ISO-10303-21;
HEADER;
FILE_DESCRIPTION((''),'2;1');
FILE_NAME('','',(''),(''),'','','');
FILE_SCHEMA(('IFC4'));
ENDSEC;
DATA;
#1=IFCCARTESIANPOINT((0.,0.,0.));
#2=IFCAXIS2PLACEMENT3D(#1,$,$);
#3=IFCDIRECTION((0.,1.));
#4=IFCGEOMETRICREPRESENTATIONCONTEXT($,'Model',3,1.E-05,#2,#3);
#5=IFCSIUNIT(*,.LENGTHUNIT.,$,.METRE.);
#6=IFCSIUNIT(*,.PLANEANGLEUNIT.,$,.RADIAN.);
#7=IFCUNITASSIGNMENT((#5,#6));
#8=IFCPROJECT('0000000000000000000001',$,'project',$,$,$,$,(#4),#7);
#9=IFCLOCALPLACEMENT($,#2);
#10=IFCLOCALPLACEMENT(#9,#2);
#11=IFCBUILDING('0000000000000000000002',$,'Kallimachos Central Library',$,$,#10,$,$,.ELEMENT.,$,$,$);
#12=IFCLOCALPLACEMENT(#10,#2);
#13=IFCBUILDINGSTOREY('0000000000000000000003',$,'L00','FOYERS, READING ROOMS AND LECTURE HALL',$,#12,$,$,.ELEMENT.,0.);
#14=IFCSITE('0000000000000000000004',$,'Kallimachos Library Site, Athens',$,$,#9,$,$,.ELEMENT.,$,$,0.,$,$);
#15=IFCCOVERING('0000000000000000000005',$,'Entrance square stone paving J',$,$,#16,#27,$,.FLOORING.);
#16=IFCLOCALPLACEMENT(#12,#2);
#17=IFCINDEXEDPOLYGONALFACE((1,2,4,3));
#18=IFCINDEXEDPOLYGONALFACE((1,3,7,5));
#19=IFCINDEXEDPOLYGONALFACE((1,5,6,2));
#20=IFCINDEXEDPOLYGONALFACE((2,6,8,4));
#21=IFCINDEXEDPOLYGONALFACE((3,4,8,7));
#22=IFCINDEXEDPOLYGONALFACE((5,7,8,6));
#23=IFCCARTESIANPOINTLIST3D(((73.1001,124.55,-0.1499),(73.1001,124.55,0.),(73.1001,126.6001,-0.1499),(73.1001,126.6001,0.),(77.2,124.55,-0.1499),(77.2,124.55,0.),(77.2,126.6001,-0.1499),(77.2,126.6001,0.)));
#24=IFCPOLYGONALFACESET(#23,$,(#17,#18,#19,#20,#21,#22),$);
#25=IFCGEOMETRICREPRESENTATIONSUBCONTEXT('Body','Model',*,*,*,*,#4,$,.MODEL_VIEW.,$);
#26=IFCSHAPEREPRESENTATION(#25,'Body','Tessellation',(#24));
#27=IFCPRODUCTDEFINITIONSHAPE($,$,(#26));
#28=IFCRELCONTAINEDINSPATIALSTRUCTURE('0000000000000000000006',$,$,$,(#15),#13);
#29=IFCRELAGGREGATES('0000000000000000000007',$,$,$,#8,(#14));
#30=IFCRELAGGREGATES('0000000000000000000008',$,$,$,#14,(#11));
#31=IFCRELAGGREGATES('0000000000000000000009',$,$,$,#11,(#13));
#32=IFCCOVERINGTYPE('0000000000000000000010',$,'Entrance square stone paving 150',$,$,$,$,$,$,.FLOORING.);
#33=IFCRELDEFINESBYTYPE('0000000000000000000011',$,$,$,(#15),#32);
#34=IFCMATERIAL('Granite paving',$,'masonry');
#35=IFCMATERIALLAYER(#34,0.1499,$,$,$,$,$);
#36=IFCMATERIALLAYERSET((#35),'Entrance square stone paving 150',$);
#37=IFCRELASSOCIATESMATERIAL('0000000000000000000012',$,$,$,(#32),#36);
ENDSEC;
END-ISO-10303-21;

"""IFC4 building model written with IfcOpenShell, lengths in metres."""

from ifc_helpers import new_model, si_unit, direction, frame, origin, place, context, subcontext, project, spatial, polyline, outline, extrude, material, layer, layer_set, type_object, element, save


model = new_model("IFC4")

# Units and contexts
model_context = context("Model", 3, precision=1e-05, world=origin(), true_north=direction((0.0, 1.0)))
body_context = subcontext(model_context, "Body", "Model", "MODEL_VIEW")
ifc_project = project(units=[si_unit("LENGTHUNIT", "METRE"), si_unit("PLANEANGLEUNIT", "RADIAN")], contexts=[model_context])

# Site, building, storey
site_placement = place(None, origin())
site = spatial("IfcSite", under=ifc_project, at=site_placement, Name="Kallimachos Library Site, Athens", CompositionType="ELEMENT", RefElevation=0.0)
building_placement = place(site_placement, origin())
building = spatial("IfcBuilding", under=site, at=building_placement, Name="Kallimachos Central Library", CompositionType="ELEMENT")
storey_placement = place(building_placement, origin())
storey = spatial("IfcBuildingStorey", under=building, at=storey_placement, Name="L00", Description="FOYERS, READING ROOMS AND LECTURE HALL", CompositionType="ELEMENT", Elevation=0.0)

# Covering
ifc_material_1 = material(Name="Granite paving", Category="masonry")
ifc_layer_1 = layer(ifc_material_1, 0.1499)
ifc_layer_set_1 = layer_set([ifc_layer_1], Name="Entrance square stone paving 150")
covering_type = type_object("IfcCoveringType", Name="Entrance square stone paving 150", PredefinedType="FLOORING", material=ifc_layer_set_1)
covering_1_placement = place(storey_placement, frame((0.0, 0.0, -0.1499)))
element("IfcCovering", 1, at=covering_1_placement, inside=storey, type_object=covering_type, Name="Entrance square stone paving J", PredefinedType="FLOORING", context=body_context, shape_type="SweptSolid", body=[
    extrude(outline(polyline([(77.2, 126.6001), (77.2, 124.55), (73.1001, 124.55), (73.1001, 126.6001), (77.2, 126.6001)])), origin(), (0.0, 0.0, 1.0), 0.1499),
])

save(model, "model.ifc")
